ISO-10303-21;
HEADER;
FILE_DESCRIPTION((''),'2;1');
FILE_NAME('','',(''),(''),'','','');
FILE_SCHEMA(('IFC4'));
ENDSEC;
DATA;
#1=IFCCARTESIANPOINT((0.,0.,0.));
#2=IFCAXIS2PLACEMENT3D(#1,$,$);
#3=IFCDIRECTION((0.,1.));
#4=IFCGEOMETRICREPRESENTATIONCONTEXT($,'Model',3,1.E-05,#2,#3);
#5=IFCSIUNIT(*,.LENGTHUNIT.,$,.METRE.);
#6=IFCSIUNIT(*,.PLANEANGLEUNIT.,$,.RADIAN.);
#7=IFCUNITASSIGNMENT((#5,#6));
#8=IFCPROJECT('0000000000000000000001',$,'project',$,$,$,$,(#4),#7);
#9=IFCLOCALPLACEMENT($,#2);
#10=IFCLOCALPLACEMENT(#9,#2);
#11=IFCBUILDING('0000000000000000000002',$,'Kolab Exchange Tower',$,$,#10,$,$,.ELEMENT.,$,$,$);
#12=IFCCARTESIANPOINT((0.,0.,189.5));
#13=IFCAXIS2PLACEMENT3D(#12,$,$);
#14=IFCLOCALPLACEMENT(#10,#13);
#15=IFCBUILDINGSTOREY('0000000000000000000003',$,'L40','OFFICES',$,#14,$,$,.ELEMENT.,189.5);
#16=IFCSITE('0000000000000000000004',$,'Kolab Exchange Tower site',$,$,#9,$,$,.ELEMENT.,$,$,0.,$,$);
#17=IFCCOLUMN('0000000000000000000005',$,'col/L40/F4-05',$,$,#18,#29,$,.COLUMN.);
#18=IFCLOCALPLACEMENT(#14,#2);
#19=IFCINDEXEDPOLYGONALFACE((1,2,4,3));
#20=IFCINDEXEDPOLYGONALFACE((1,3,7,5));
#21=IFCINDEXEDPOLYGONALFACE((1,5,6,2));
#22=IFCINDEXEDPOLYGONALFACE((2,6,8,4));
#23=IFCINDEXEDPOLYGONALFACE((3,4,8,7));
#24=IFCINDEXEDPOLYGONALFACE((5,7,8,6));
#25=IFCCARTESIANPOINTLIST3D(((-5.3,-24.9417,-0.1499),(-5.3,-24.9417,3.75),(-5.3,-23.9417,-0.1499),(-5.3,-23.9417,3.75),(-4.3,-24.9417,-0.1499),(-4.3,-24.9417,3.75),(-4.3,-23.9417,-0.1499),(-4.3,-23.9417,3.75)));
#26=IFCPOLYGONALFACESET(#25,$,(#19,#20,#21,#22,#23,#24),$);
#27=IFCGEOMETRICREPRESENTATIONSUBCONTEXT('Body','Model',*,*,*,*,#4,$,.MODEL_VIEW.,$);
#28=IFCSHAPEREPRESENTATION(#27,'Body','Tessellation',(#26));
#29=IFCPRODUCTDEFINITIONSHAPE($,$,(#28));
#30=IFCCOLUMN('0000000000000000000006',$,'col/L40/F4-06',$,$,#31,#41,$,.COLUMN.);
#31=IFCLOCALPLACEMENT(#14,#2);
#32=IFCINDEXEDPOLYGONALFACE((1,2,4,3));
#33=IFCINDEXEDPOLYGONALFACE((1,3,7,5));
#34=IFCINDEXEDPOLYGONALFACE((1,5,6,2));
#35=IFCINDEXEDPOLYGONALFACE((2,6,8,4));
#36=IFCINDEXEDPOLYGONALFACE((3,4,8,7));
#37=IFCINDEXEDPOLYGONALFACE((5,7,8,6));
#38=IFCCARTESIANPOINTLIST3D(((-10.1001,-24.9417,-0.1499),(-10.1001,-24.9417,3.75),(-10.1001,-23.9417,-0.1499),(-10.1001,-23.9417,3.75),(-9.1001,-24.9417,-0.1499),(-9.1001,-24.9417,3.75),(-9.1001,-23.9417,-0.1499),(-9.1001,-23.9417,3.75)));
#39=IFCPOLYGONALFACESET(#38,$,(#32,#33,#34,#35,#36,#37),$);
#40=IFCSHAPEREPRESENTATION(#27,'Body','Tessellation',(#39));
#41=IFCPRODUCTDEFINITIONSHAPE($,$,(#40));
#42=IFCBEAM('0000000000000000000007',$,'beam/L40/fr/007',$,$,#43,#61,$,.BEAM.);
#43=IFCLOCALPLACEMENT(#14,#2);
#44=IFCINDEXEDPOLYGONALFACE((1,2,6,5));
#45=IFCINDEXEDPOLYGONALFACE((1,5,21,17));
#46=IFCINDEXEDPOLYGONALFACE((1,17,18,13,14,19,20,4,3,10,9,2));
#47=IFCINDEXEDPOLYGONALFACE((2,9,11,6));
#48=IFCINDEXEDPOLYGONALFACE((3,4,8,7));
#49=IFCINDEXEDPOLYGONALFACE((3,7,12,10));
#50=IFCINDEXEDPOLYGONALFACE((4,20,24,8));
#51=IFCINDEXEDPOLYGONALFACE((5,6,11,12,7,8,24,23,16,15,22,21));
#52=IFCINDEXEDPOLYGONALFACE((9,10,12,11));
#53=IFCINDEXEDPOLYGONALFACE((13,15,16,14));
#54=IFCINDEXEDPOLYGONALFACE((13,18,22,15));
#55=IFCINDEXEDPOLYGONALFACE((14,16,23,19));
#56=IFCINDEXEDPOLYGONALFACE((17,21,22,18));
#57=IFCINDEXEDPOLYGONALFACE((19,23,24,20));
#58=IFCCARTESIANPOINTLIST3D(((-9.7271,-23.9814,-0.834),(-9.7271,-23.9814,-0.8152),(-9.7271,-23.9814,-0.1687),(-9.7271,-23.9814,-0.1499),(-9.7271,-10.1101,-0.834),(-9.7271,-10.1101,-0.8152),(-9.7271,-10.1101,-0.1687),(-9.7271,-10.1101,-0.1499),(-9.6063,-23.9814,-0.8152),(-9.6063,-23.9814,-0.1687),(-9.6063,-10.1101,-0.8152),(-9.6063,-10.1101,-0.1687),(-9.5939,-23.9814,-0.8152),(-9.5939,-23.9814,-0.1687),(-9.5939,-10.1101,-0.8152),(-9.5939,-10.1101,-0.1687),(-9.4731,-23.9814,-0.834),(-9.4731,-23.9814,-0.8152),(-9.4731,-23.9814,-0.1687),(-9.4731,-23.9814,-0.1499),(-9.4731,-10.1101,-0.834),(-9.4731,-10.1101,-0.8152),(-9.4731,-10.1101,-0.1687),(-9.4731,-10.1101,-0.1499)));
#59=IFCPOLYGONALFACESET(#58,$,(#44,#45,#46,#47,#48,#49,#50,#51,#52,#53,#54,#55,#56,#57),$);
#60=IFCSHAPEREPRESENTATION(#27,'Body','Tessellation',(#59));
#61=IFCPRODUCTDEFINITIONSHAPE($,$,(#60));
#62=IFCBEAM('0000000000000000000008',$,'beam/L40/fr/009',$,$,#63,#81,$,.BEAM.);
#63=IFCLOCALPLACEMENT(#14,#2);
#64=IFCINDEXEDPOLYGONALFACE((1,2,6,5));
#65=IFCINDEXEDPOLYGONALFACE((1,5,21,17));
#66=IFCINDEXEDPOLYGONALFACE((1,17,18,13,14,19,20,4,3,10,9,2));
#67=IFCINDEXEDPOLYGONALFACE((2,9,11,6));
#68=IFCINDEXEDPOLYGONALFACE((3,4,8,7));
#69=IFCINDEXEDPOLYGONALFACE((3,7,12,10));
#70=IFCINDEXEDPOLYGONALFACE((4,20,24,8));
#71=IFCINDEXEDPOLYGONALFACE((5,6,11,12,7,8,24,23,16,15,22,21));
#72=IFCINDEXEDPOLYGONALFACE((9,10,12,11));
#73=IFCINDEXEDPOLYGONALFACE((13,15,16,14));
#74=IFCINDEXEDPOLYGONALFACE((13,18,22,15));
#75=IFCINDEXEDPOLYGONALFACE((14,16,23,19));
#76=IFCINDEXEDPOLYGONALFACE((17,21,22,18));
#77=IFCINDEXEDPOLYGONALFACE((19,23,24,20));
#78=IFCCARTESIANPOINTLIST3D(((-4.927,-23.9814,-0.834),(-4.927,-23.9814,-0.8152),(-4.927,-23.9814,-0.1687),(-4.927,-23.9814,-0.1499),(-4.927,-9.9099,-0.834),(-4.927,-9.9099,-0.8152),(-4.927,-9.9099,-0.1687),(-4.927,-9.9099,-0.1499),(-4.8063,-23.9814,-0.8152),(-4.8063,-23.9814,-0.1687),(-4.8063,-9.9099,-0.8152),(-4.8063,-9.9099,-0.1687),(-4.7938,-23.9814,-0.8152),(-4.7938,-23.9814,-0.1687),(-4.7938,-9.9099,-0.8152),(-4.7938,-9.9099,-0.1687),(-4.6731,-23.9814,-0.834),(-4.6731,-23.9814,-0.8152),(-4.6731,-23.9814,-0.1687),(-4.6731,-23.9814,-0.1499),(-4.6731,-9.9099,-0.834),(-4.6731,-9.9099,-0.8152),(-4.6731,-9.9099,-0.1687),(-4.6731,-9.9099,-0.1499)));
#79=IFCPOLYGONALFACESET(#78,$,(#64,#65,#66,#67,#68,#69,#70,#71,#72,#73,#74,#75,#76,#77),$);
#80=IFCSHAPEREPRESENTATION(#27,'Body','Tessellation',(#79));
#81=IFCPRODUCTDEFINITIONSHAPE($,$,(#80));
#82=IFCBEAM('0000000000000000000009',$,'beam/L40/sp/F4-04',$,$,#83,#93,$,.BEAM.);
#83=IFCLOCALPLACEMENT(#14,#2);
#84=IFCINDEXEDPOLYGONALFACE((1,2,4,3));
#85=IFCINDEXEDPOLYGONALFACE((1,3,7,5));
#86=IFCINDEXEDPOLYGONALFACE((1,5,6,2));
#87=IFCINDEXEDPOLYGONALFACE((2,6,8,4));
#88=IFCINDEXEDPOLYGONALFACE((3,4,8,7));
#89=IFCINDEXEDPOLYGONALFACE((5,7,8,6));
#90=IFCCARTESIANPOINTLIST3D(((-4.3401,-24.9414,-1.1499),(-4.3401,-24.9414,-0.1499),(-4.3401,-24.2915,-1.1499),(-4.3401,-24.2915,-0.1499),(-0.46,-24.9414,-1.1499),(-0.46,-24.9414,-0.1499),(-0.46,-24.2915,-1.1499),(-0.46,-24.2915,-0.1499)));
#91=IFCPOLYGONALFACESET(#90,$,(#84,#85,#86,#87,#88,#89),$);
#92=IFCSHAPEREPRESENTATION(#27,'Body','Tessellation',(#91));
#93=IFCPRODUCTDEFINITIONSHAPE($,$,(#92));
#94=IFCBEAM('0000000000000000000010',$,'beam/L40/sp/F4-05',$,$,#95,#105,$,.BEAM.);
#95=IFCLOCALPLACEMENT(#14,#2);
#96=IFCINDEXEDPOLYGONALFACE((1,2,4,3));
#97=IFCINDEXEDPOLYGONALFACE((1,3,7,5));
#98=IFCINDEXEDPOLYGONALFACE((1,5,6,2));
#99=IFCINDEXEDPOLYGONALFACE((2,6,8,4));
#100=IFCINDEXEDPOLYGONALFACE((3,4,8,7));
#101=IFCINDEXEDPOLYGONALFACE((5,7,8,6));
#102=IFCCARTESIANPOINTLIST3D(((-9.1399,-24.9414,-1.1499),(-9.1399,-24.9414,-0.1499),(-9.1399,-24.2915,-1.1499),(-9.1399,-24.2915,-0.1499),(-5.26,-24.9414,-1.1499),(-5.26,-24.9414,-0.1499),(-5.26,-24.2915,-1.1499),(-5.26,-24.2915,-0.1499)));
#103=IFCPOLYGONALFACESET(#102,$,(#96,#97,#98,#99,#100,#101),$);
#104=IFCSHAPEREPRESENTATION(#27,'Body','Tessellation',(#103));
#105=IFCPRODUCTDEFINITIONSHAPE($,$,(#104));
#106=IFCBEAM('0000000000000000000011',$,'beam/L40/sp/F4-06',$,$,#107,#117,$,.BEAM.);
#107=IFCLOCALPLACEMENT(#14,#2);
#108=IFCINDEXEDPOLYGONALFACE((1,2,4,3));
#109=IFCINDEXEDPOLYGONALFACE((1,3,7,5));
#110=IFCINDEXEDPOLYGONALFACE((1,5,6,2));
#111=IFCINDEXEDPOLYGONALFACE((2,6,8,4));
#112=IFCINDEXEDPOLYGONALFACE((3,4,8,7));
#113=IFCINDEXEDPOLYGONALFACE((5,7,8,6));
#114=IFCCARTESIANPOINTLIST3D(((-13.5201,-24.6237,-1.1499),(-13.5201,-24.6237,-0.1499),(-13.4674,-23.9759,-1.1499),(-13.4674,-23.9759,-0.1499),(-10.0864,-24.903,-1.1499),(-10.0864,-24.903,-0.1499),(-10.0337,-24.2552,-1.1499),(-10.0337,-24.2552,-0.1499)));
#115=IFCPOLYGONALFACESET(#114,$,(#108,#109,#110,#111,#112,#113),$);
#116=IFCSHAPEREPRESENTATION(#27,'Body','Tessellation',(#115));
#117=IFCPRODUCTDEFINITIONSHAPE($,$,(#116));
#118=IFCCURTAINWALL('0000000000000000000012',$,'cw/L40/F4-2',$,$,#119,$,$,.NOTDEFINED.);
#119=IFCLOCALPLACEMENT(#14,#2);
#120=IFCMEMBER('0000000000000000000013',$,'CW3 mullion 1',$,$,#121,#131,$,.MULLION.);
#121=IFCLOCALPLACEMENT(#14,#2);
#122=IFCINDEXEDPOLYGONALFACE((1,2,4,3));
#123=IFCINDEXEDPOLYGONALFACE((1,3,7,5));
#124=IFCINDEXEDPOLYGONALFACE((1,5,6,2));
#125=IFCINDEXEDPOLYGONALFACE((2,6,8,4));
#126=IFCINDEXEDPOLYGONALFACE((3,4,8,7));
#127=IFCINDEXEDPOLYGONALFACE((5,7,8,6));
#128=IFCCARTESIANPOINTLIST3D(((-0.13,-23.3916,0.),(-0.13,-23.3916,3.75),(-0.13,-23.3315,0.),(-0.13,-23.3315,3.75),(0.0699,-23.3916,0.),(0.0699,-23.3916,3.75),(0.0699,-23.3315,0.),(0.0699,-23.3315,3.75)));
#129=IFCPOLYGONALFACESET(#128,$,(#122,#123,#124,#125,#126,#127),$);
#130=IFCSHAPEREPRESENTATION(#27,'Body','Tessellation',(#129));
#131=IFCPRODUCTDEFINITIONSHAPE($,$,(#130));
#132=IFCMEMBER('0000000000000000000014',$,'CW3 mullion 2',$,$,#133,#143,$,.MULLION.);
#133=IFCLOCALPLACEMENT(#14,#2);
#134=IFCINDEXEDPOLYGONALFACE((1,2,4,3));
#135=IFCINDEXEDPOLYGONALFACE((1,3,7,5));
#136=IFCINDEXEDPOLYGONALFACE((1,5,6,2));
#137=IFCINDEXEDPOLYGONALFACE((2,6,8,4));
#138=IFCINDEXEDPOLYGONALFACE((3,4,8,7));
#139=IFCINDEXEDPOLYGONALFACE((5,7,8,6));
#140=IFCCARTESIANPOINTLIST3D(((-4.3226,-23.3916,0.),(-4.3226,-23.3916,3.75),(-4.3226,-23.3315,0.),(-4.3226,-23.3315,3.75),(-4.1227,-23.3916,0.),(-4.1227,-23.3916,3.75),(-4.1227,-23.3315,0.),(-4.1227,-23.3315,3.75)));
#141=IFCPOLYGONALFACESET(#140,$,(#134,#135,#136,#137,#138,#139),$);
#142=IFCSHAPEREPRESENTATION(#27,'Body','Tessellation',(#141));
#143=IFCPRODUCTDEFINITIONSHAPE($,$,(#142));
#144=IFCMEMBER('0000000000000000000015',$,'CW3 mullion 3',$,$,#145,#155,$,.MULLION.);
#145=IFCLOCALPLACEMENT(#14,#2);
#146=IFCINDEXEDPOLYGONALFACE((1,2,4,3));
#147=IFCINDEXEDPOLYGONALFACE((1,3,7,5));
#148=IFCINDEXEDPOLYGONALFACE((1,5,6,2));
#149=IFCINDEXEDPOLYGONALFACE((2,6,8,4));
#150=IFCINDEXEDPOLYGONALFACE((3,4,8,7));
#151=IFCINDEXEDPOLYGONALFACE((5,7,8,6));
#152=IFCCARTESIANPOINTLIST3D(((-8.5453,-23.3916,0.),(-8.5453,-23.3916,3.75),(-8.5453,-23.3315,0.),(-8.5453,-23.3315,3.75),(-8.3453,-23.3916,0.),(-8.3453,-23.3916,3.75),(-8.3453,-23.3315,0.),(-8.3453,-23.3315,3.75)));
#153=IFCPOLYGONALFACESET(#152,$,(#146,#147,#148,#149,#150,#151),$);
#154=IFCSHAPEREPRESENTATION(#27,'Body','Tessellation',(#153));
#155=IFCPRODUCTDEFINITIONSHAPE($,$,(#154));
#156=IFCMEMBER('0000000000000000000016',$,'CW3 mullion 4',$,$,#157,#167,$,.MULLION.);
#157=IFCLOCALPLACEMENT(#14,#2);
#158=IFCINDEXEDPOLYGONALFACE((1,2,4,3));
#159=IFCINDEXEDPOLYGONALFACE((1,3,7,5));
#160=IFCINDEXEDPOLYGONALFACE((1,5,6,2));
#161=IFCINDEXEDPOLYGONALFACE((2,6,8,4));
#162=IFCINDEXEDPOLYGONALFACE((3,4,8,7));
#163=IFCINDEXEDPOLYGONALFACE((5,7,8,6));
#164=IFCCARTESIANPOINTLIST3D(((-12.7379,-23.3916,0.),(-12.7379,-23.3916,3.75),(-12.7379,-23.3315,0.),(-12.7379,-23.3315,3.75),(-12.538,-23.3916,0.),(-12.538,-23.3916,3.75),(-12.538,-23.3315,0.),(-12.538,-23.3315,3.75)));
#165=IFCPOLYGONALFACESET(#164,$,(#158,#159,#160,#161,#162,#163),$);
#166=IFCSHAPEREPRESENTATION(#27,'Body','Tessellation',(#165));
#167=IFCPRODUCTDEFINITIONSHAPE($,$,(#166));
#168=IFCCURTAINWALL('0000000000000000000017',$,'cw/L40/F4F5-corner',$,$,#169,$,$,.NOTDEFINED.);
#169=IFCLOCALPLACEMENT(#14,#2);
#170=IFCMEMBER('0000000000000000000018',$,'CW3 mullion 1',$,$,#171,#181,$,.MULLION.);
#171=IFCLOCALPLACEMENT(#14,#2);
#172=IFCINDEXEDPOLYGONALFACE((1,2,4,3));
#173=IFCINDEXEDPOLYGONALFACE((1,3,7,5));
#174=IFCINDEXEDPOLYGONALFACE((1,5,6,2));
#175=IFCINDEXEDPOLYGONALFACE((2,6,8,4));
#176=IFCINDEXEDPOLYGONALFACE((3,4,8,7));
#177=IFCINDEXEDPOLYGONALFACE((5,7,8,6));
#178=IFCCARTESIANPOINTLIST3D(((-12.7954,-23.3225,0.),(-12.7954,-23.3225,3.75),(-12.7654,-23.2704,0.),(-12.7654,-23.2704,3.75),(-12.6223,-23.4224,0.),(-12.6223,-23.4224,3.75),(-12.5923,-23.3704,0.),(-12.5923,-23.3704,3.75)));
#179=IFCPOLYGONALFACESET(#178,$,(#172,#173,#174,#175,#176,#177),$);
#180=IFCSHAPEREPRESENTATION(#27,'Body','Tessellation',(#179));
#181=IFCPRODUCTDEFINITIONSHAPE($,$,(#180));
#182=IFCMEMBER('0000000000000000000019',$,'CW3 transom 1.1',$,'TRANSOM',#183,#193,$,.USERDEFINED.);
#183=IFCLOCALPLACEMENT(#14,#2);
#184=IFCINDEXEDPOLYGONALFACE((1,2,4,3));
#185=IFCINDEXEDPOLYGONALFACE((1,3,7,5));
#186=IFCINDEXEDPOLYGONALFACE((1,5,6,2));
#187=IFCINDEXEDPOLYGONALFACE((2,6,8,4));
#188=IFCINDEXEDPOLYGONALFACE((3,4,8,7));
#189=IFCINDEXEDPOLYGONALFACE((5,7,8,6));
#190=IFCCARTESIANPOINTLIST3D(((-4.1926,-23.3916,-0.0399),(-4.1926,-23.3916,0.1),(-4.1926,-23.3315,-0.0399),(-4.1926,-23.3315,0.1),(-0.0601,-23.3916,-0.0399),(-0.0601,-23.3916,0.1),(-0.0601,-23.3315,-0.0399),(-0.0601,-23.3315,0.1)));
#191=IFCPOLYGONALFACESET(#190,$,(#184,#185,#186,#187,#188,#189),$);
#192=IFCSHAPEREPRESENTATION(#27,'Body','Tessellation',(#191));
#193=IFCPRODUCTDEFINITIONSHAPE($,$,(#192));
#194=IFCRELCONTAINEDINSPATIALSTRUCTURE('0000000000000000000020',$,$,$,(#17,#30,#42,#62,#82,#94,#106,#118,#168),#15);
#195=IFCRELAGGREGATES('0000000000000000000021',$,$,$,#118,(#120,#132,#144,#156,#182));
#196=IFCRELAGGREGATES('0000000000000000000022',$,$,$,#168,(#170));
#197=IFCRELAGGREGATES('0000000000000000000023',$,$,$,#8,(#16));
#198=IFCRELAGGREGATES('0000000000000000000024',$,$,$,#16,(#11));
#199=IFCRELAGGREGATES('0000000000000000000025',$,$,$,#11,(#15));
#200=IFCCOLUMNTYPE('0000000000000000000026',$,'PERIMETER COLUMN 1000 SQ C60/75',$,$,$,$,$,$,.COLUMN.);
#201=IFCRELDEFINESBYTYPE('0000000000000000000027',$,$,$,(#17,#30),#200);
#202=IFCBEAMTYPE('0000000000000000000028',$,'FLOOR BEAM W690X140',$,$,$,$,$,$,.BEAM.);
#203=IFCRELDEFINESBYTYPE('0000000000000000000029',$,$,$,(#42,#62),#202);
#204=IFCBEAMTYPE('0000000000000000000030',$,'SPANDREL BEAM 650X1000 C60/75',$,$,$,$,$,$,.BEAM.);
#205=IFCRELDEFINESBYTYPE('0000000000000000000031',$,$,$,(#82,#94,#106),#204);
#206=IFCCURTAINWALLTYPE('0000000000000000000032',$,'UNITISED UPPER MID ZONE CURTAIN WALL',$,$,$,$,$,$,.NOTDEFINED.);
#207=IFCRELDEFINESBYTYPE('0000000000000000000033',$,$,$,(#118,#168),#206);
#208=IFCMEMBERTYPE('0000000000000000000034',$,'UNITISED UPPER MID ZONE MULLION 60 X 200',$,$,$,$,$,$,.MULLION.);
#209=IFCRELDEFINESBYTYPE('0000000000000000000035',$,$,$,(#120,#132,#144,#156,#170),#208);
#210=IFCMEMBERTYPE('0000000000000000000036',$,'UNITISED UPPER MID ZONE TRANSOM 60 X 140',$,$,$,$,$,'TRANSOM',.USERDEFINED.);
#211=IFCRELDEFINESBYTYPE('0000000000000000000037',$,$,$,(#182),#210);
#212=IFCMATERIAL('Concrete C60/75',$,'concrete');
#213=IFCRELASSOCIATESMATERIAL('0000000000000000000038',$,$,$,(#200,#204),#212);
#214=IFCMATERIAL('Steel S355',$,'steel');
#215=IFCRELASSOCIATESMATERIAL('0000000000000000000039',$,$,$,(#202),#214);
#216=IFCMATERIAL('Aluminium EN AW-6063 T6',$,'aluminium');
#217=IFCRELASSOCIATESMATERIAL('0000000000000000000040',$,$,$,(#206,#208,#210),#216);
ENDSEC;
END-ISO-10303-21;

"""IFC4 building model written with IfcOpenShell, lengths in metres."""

from ifc_helpers import new_model, si_unit, direction, frame, origin, origin_2d, place, context, subcontext, project, spatial, rectangle, i_section, extrude, material, material_profile, profile_set, type_object, element, aggregate, save


model = new_model("IFC4")

# Units and contexts
model_context = context("Model", 3, precision=1e-05, world=origin(), true_north=direction((0.0, 1.0)))
body_context = subcontext(model_context, "Body", "Model", "MODEL_VIEW")
ifc_project = project(units=[si_unit("LENGTHUNIT", "METRE"), si_unit("PLANEANGLEUNIT", "RADIAN")], contexts=[model_context])

# Site, building, storey
site_placement = place(None, origin())
site = spatial("IfcSite", under=ifc_project, at=site_placement, Name="Kolab Exchange Tower site", CompositionType="ELEMENT", RefElevation=0.0)
building_placement = place(site_placement, origin())
building = spatial("IfcBuilding", under=site, at=building_placement, Name="Kolab Exchange Tower", CompositionType="ELEMENT")
storey_placement = place(building_placement, frame((0.0, 0.0, 189.5)))
storey = spatial("IfcBuildingStorey", under=building, at=storey_placement, Name="L40", Description="OFFICES", CompositionType="ELEMENT", Elevation=189.5)

# Columns
ifc_material_1 = material(Name="Concrete C60/75", Category="concrete")
ifc_material_profile_1 = material_profile(ifc_material_1, rectangle(XDim=1.0, YDim=1.0, at=origin_2d()), Name="RC1000")
ifc_profile_set_1 = profile_set([ifc_material_profile_1], Name="Concrete C60/75")
column_type = type_object("IfcColumnType", Name="PERIMETER COLUMN 1000 SQ C60/75", PredefinedType="COLUMN", material=ifc_profile_set_1)
for number, where, z_axis, x_axis, name in (
    (1, (-4.8, -24.4417, -0.1499), (0.0, 0.0, 1.0), (1.0, 0.0, 0.0), "col/L40/F4-05"),
    (2, (-9.6001, -24.4417, -0.1499), (0.0, 0.0, 1.0), (1.0, 0.0, 0.0), "col/L40/F4-06"),
):
    element("IfcColumn", number, at=place(storey_placement, frame(where, z_axis=z_axis, x_axis=x_axis)), inside=storey, type_object=column_type, Name=name, PredefinedType="COLUMN", context=body_context, shape_type="SweptSolid", body=[
        extrude(rectangle(XDim=1.0, YDim=1.0, at=origin_2d()), origin(), (0.0, 0.0, 1.0), 3.8999),
    ])

# Beams
ifc_material_2 = material(Name="Steel S355", Category="steel")
ifc_material_profile_2 = material_profile(ifc_material_2, i_section(OverallWidth=0.2539, OverallDepth=0.6841, WebThickness=0.0125, FlangeThickness=0.0188, at=origin_2d()), Name="W690X140")
ifc_profile_set_2 = profile_set([ifc_material_profile_2], Name="Steel S355")
beam_type_1 = type_object("IfcBeamType", Name="FLOOR BEAM W690X140", PredefinedType="BEAM", material=ifc_profile_set_2)
beam_1_placement = place(storey_placement, frame((-9.6001, -23.9814, -0.4919), z_axis=(0.0, 1.0, 0.0), x_axis=(-1.0, 0.0, 0.0)))
element("IfcBeam", 3, at=beam_1_placement, inside=storey, type_object=beam_type_1, Name="beam/L40/fr/007", PredefinedType="BEAM", context=body_context, shape_type="SweptSolid", body=[
    extrude(i_section(OverallWidth=0.2539, OverallDepth=0.6841, WebThickness=0.0125, FlangeThickness=0.0188, at=origin_2d()), origin(), (0.0, 0.0, 1.0), 13.8713),
])
beam_2_placement = place(storey_placement, frame((-4.8, -23.9814, -0.4919), z_axis=(0.0, 1.0, 0.0), x_axis=(-1.0, 0.0, 0.0)))
element("IfcBeam", 4, at=beam_2_placement, inside=storey, type_object=beam_type_1, Name="beam/L40/fr/009", PredefinedType="BEAM", context=body_context, shape_type="SweptSolid", body=[
    extrude(i_section(OverallWidth=0.2539, OverallDepth=0.6841, WebThickness=0.0125, FlangeThickness=0.0188, at=origin_2d()), origin(), (0.0, 0.0, 1.0), 14.0715),
])
ifc_material_profile_3 = material_profile(ifc_material_1, rectangle(XDim=0.6499, YDim=1.0, at=origin_2d()), Name="RC650X1000")
ifc_profile_set_3 = profile_set([ifc_material_profile_3], Name="Concrete C60/75")
beam_type_2 = type_object("IfcBeamType", Name="SPANDREL BEAM 650X1000 C60/75", PredefinedType="BEAM", material=ifc_profile_set_3)
beam_3_placement = place(storey_placement, frame((-0.46, -24.6165, -0.6499), z_axis=(-1.0, 0.0, 0.0), x_axis=(0.0, -1.0, 0.0)))
element("IfcBeam", 5, at=beam_3_placement, inside=storey, type_object=beam_type_2, Name="beam/L40/sp/F4-04", PredefinedType="BEAM", context=body_context, shape_type="SweptSolid", body=[
    extrude(rectangle(XDim=0.6499, YDim=1.0, at=origin_2d()), origin(), (0.0, 0.0, 1.0), 3.8801),
])
beam_4_placement = place(storey_placement, frame((-5.26, -24.6165, -0.6499), z_axis=(-1.0, 0.0, 0.0), x_axis=(0.0, -1.0, 0.0)))
element("IfcBeam", 6, at=beam_4_placement, inside=storey, type_object=beam_type_2, Name="beam/L40/sp/F4-05", PredefinedType="BEAM", context=body_context, shape_type="SweptSolid", body=[
    extrude(rectangle(XDim=0.6499, YDim=1.0, at=origin_2d()), origin(), (0.0, 0.0, 1.0), 3.8799),
])
beam_5_placement = place(storey_placement, frame((-10.0601, -24.5791, -0.6499), z_axis=(-0.996708, 0.081069, 0.0), x_axis=(-0.081069, -0.996708, 0.0)))
element("IfcBeam", 7, at=beam_5_placement, inside=storey, type_object=beam_type_2, Name="beam/L40/sp/F4-06", PredefinedType="BEAM", context=body_context, shape_type="SweptSolid", body=[
    extrude(rectangle(XDim=0.6499, YDim=1.0, at=origin_2d()), origin(), (0.0, 0.0, 1.0), 3.4451),
])

# Curtain wall, members
ifc_material_3 = material(Name="Aluminium EN AW-6063 T6", Category="aluminium")
curtain_wall_type = type_object("IfcCurtainWallType", Name="UNITISED UPPER MID ZONE CURTAIN WALL", PredefinedType="NOTDEFINED", material=ifc_material_3)
curtain_wall_1_placement = place(storey_placement, origin())
curtain_wall_1 = element("IfcCurtainWall", 8, at=curtain_wall_1_placement, inside=storey, type_object=curtain_wall_type, Name="cw/L40/F4-2", PredefinedType="NOTDEFINED")
ifc_material_profile_4 = material_profile(ifc_material_3, rectangle(XDim=0.0601, YDim=0.2, at=origin_2d()), Name="RECT 60X200")
ifc_profile_set_4 = profile_set([ifc_material_profile_4], Name="Aluminium EN AW-6063 T6")
member_type_1 = type_object("IfcMemberType", Name="UNITISED UPPER MID ZONE MULLION 60 X 200", PredefinedType="MULLION", material=ifc_profile_set_4)
member_1_placement = place(storey_placement, frame((-0.03, -23.3616, 0.0), z_axis=(0.0, 0.0, 1.0), x_axis=(0.0, -1.0, 0.0)))
member_1 = element("IfcMember", 9, at=member_1_placement, type_object=member_type_1, Name="CW3 mullion 1", PredefinedType="MULLION", context=body_context, shape_type="SweptSolid", body=[
    extrude(rectangle(XDim=0.0601, YDim=0.2, at=origin_2d()), origin(), (0.0, 0.0, 1.0), 3.75),
])
member_2_placement = place(storey_placement, frame((-4.2227, -23.3616, 0.0), z_axis=(0.0, 0.0, 1.0), x_axis=(0.0, -1.0, 0.0)))
member_2 = element("IfcMember", 10, at=member_2_placement, type_object=member_type_1, Name="CW3 mullion 2", PredefinedType="MULLION", context=body_context, shape_type="SweptSolid", body=[
    extrude(rectangle(XDim=0.0601, YDim=0.2, at=origin_2d()), origin(), (0.0, 0.0, 1.0), 3.75),
])
member_3_placement = place(storey_placement, frame((-8.4453, -23.3616, 0.0), z_axis=(0.0, 0.0, 1.0), x_axis=(0.0, -1.0, 0.0)))
member_3 = element("IfcMember", 11, at=member_3_placement, type_object=member_type_1, Name="CW3 mullion 3", PredefinedType="MULLION", context=body_context, shape_type="SweptSolid", body=[
    extrude(rectangle(XDim=0.0601, YDim=0.2, at=origin_2d()), origin(), (0.0, 0.0, 1.0), 3.75),
])
member_4_placement = place(storey_placement, frame((-12.6379, -23.3616, 0.0), z_axis=(0.0, 0.0, 1.0), x_axis=(0.0, -1.0, 0.0)))
member_4 = element("IfcMember", 12, at=member_4_placement, type_object=member_type_1, Name="CW3 mullion 4", PredefinedType="MULLION", context=body_context, shape_type="SweptSolid", body=[
    extrude(rectangle(XDim=0.0601, YDim=0.2, at=origin_2d()), origin(), (0.0, 0.0, 1.0), 3.75),
])

# Curtain wall, member
curtain_wall_2_placement = place(storey_placement, origin())
curtain_wall_2 = element("IfcCurtainWall", 13, at=curtain_wall_2_placement, inside=storey, type_object=curtain_wall_type, Name="cw/L40/F4F5-corner", PredefinedType="NOTDEFINED")
member_5_placement = place(storey_placement, frame((-12.6938, -23.3464, 0.0), z_axis=(0.0, 0.0, 1.0), x_axis=(-0.5, -0.866025, 0.0)))
member_5 = element("IfcMember", 14, at=member_5_placement, type_object=member_type_1, Name="CW3 mullion 1", PredefinedType="MULLION", context=body_context, shape_type="SweptSolid", body=[
    extrude(rectangle(XDim=0.0601, YDim=0.2, at=origin_2d()), origin(), (0.0, 0.0, 1.0), 3.75),
])

# Member
ifc_material_profile_5 = material_profile(ifc_material_3, rectangle(XDim=0.0601, YDim=0.1399, at=origin_2d()), Name="RECT 60X140")
ifc_profile_set_5 = profile_set([ifc_material_profile_5], Name="Aluminium EN AW-6063 T6")
member_type_2 = type_object("IfcMemberType", Name="UNITISED UPPER MID ZONE TRANSOM 60 X 140", ElementType="TRANSOM", PredefinedType="USERDEFINED", material=ifc_profile_set_5)
member_6_placement = place(storey_placement, frame((-0.0601, -23.3616, 0.03), z_axis=(-1.0, 0.0, 0.0), x_axis=(0.0, -1.0, 0.0)))
member_6 = element("IfcMember", 15, at=member_6_placement, type_object=member_type_2, Name="CW3 transom 1.1", ObjectType="TRANSOM", PredefinedType="USERDEFINED", context=body_context, shape_type="SweptSolid", body=[
    extrude(rectangle(XDim=0.0601, YDim=0.1399, at=origin_2d()), origin(), (0.0, 0.0, 1.0), 4.1326),
])

aggregate(curtain_wall_1, [member_1, member_2, member_3, member_4, member_6])
aggregate(curtain_wall_2, [member_5])

save(model, "model.ifc")
